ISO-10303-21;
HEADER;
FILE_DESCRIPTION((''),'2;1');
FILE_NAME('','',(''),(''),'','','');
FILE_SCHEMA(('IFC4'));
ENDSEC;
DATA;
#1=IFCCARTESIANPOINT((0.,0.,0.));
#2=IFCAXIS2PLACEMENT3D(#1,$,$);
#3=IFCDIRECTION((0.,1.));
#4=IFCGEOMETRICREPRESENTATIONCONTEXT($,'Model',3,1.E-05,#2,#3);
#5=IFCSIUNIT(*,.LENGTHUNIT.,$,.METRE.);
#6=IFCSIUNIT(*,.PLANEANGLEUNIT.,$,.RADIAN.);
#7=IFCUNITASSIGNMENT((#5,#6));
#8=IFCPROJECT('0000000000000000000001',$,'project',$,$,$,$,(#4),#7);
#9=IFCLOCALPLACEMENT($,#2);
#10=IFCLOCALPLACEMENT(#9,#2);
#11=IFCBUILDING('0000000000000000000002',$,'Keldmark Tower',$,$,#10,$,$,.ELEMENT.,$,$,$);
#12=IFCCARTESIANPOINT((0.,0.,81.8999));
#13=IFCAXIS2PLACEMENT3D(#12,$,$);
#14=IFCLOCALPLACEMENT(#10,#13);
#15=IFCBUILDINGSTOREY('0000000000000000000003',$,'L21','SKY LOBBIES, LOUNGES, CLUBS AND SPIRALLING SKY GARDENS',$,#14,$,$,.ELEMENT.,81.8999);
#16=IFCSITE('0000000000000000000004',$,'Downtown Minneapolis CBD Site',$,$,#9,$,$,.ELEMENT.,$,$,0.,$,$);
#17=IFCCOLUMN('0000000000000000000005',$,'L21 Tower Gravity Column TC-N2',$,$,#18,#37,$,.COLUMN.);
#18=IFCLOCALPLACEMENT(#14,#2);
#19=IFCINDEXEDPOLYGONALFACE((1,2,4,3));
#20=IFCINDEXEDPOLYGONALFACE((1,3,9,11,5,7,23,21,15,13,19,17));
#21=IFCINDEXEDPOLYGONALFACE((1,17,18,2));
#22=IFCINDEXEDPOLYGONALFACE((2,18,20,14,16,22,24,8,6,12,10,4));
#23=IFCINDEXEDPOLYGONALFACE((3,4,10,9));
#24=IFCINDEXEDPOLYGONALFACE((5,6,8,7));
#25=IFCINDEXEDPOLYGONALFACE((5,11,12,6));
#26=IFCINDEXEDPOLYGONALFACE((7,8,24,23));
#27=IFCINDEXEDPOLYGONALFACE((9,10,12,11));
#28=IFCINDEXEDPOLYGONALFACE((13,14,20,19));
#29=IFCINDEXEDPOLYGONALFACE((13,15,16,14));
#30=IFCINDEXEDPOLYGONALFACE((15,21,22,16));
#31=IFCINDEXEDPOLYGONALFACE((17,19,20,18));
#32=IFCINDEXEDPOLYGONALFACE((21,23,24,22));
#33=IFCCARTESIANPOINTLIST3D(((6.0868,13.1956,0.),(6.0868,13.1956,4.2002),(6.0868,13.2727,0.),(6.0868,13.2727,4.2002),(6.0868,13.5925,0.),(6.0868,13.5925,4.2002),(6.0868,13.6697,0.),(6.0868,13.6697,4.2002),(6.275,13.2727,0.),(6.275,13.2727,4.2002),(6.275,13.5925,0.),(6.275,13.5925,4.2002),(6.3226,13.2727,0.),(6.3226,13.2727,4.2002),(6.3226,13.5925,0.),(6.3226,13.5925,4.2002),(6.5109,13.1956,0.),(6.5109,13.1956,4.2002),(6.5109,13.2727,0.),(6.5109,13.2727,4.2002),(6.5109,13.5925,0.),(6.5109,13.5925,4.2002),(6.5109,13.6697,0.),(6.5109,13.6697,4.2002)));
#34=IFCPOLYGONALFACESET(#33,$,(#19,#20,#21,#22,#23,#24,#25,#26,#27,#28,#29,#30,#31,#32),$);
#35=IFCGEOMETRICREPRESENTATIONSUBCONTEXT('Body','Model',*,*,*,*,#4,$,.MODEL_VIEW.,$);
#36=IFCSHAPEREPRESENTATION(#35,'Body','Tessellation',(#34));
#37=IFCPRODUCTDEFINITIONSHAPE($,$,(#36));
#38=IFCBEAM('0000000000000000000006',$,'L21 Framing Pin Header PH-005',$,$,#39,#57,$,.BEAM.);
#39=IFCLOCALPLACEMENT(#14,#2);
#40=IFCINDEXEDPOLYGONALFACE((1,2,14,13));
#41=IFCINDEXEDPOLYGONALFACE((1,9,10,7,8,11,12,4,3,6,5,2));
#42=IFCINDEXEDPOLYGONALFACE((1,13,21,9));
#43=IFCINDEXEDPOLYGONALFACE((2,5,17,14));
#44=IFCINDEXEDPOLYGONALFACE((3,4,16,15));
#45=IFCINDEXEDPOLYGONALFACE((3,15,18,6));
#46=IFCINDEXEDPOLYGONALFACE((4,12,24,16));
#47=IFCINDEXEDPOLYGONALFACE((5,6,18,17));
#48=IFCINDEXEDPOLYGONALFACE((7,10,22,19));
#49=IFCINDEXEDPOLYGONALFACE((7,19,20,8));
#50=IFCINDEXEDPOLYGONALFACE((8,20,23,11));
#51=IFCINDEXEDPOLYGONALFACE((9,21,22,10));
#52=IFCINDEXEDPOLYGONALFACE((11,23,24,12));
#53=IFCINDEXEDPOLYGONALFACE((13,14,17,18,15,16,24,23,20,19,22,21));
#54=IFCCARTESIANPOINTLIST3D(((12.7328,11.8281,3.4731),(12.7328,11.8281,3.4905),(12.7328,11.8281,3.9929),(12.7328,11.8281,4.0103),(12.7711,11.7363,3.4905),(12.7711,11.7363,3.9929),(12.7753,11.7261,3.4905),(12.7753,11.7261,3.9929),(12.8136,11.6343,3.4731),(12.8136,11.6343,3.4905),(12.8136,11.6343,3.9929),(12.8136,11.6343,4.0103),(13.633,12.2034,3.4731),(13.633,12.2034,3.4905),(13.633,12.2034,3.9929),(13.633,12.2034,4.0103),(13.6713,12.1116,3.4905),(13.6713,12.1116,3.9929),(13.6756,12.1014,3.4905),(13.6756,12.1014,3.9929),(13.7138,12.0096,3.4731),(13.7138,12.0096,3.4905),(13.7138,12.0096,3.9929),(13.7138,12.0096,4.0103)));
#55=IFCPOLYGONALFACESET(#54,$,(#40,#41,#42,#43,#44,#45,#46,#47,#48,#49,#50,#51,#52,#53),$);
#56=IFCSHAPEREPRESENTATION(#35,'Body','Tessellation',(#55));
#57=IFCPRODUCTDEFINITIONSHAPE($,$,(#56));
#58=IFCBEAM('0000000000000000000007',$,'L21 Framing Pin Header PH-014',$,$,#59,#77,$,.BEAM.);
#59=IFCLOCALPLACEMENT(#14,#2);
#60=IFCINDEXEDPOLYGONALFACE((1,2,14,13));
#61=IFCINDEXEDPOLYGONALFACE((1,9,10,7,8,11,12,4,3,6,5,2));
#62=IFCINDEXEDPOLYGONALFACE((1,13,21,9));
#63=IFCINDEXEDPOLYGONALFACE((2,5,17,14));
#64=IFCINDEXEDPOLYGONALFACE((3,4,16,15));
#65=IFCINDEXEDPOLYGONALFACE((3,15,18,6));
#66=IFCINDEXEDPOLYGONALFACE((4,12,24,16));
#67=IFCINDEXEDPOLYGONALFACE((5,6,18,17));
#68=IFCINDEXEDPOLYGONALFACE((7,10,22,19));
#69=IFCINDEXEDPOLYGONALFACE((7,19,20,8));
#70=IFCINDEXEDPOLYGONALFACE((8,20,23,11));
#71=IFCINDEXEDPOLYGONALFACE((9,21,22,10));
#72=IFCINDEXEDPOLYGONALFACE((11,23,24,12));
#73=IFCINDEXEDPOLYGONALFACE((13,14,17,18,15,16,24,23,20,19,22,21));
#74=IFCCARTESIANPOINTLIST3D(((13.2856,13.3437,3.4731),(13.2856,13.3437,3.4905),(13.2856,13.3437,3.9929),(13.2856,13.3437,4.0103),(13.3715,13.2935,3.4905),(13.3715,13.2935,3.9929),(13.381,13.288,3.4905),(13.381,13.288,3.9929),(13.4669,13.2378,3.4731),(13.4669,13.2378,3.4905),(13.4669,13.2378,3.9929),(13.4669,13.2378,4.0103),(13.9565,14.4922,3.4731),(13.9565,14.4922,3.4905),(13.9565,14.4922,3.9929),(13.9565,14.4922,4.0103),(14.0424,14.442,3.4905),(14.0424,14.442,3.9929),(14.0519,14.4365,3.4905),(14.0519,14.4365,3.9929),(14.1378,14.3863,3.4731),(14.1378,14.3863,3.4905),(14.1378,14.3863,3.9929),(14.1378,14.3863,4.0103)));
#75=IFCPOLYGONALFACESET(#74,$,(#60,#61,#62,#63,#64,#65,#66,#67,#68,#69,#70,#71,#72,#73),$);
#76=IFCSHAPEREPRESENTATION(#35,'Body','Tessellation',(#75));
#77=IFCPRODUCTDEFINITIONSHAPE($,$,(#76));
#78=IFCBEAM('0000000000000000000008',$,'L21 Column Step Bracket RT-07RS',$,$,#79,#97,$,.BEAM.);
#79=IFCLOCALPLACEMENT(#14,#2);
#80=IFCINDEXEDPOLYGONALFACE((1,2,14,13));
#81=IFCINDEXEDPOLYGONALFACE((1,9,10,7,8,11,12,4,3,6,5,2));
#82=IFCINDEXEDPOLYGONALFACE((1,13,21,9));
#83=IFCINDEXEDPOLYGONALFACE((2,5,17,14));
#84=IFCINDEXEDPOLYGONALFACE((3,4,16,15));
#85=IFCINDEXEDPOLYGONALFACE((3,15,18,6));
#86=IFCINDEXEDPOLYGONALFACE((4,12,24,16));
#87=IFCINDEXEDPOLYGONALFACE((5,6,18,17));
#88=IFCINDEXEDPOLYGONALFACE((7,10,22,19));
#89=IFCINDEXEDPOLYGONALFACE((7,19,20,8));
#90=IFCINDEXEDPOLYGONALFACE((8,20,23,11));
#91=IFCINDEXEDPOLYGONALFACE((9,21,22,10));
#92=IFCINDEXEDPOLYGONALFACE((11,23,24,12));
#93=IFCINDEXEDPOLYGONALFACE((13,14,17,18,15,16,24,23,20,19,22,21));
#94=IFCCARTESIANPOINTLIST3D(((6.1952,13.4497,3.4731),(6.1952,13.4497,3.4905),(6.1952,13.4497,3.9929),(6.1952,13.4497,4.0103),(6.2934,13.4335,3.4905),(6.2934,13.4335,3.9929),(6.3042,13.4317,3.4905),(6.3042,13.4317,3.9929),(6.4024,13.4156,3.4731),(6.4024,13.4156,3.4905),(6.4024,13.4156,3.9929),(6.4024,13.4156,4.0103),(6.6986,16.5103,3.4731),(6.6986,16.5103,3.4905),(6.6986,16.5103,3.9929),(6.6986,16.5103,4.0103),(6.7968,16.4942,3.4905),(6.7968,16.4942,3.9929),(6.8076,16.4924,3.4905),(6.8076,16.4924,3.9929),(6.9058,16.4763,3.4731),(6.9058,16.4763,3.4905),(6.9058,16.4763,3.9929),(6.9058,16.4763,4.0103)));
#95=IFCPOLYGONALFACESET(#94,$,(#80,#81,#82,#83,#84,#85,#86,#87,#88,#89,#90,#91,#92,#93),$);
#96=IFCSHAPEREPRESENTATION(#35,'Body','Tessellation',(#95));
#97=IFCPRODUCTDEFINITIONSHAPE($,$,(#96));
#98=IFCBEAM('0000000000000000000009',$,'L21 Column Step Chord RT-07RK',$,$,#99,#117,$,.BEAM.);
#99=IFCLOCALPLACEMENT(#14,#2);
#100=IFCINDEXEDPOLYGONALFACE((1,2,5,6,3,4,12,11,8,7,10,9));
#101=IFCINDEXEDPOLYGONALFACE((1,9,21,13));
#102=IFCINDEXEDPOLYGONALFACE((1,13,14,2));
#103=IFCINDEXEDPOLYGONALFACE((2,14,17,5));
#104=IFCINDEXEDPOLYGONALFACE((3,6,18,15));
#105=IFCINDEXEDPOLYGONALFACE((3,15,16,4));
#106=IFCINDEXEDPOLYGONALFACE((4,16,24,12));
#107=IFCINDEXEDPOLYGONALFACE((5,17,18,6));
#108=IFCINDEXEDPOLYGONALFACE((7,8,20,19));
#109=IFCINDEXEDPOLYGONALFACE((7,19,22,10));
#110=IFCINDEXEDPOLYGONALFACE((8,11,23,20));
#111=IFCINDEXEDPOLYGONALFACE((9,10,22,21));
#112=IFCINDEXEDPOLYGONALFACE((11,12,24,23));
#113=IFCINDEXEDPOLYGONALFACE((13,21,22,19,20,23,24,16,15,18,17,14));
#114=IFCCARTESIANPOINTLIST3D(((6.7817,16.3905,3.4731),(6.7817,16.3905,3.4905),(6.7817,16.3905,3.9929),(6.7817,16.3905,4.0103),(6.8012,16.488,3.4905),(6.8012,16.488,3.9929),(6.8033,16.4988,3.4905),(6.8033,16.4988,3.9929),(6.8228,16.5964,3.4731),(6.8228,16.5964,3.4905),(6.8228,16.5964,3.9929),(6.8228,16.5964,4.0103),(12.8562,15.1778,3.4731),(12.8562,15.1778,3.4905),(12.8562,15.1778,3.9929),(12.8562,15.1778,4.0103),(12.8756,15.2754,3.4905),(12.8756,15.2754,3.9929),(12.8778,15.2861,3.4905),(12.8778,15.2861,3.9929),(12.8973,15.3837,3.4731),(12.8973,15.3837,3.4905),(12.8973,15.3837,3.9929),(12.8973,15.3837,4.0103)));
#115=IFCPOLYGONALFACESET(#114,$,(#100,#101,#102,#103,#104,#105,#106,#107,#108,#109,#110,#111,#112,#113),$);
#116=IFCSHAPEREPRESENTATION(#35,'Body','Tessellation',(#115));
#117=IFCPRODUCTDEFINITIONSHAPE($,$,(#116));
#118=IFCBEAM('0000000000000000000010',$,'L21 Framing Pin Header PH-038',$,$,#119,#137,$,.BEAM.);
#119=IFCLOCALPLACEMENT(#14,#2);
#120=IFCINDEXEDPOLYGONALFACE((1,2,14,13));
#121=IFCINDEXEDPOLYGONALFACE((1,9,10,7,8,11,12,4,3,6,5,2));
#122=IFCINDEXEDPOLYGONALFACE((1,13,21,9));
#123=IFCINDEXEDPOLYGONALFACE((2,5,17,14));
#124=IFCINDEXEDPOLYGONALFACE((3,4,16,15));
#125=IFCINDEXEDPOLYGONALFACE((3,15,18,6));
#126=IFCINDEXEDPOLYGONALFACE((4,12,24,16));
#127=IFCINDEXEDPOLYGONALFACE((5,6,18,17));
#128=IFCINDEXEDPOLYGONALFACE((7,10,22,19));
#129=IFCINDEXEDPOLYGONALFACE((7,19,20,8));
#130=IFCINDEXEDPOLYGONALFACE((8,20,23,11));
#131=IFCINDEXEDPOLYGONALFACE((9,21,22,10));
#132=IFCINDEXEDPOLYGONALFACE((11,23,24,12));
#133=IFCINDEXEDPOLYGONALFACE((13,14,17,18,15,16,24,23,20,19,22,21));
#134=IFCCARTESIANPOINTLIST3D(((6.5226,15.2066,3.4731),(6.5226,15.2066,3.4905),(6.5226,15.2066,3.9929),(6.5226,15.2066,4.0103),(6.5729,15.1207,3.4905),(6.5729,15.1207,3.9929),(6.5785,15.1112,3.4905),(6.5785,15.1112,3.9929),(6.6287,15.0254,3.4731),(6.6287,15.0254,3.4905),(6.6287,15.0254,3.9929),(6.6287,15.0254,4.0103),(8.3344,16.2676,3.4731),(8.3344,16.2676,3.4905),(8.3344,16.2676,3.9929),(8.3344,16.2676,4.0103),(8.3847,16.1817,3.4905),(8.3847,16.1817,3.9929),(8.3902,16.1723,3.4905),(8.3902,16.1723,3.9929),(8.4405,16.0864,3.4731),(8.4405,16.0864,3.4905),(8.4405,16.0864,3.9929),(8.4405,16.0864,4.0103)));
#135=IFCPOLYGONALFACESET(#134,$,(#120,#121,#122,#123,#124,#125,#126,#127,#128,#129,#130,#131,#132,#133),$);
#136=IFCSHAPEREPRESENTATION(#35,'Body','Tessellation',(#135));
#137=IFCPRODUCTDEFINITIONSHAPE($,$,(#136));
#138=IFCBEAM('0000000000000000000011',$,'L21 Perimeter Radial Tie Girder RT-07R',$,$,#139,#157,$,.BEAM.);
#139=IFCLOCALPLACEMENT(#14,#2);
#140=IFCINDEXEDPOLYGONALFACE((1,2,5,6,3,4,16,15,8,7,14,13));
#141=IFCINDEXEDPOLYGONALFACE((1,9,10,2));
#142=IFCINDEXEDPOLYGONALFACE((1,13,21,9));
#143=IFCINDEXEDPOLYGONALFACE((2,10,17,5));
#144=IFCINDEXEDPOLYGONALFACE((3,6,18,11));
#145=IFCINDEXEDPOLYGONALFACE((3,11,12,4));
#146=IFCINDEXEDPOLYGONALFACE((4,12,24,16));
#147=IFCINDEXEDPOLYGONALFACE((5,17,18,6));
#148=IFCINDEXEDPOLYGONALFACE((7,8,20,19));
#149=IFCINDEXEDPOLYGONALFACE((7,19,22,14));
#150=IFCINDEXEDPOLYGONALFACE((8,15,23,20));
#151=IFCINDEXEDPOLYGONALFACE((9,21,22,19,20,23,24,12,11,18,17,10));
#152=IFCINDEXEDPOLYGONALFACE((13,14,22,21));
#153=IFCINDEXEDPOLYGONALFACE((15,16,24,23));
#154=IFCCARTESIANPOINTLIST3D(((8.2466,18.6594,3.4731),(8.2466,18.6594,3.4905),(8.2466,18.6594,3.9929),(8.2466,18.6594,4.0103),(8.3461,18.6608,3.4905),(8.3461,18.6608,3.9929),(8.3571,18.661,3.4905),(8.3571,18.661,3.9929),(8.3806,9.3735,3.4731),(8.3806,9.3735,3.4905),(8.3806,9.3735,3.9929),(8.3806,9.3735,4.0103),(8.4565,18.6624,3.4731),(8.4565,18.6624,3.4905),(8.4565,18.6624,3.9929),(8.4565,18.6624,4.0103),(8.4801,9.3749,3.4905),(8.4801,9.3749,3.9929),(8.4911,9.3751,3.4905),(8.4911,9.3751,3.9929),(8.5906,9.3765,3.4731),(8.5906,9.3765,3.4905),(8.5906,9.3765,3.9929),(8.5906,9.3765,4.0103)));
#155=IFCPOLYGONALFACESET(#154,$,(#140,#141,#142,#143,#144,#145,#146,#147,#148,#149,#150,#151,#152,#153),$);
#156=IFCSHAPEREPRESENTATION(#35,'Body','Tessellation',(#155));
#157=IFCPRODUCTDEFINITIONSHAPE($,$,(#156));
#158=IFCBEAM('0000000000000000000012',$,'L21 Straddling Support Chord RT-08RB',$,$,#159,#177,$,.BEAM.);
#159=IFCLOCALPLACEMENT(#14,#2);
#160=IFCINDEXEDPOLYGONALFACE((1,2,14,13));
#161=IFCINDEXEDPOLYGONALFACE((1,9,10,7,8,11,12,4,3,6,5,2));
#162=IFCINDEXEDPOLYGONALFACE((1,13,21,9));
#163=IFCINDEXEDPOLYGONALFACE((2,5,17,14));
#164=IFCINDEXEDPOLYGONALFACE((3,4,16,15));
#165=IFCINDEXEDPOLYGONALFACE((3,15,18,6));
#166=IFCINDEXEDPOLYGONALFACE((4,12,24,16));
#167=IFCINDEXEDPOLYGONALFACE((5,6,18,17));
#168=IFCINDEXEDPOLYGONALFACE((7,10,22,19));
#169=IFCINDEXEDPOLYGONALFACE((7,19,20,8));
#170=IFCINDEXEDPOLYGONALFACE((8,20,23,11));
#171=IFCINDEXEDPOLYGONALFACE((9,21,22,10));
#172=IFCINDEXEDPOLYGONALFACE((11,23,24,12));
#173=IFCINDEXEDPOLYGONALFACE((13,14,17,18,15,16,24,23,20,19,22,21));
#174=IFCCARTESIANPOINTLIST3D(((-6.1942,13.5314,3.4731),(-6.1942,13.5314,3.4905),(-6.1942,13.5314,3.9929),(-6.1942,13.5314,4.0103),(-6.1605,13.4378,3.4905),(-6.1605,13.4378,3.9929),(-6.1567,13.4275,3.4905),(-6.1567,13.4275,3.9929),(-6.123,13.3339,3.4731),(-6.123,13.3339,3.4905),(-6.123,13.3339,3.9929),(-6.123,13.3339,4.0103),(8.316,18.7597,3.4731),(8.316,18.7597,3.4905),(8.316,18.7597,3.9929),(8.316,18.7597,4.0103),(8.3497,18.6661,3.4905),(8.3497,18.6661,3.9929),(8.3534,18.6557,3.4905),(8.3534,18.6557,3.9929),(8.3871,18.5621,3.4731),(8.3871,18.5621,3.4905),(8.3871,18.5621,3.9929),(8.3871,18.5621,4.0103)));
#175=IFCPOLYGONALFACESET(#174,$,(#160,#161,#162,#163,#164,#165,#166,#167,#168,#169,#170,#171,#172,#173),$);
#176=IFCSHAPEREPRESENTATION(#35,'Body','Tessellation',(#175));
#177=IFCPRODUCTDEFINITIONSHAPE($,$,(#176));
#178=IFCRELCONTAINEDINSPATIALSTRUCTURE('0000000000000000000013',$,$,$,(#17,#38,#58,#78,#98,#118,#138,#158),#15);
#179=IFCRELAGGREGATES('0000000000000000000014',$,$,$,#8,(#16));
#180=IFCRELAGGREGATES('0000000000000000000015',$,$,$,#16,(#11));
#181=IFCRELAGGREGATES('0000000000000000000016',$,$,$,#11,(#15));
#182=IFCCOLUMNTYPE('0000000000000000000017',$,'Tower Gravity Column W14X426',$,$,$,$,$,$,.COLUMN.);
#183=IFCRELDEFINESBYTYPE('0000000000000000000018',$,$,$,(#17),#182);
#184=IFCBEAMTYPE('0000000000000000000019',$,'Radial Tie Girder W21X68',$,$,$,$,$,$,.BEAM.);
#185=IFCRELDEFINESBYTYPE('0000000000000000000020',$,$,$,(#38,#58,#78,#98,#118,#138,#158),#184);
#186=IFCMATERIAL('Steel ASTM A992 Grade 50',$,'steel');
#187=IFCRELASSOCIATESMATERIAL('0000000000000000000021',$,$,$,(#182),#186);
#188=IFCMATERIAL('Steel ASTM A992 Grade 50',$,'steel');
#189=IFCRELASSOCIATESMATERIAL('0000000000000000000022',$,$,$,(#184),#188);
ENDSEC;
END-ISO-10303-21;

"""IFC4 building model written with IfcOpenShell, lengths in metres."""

from ifc_helpers import new_model, si_unit, direction, frame, origin, origin_2d, place, context, subcontext, project, spatial, i_section, extrude, material, material_profile, profile_set, type_object, element, save


model = new_model("IFC4")

# Units and contexts
model_context = context("Model", 3, precision=1e-05, world=origin(), true_north=direction((0.0, 1.0)))
body_context = subcontext(model_context, "Body", "Model", "MODEL_VIEW")
ifc_project = project(units=[si_unit("LENGTHUNIT", "METRE"), si_unit("PLANEANGLEUNIT", "RADIAN")], contexts=[model_context])

# Site, building, storey
site_placement = place(None, origin())
site = spatial("IfcSite", under=ifc_project, at=site_placement, Name="Downtown Minneapolis CBD Site", CompositionType="ELEMENT", RefElevation=0.0)
building_placement = place(site_placement, origin())
building = spatial("IfcBuilding", under=site, at=building_placement, Name="Keldmark Tower", CompositionType="ELEMENT")
storey_placement = place(building_placement, frame((0.0, 0.0, 81.8999)))
storey = spatial("IfcBuildingStorey", under=building, at=storey_placement, Name="L21", Description="SKY LOBBIES, LOUNGES, CLUBS AND SPIRALLING SKY GARDENS", CompositionType="ELEMENT", Elevation=81.8999)

# Column
ifc_material_1 = material(Name="Steel ASTM A992 Grade 50", Category="steel")
ifc_material_profile_1 = material_profile(ifc_material_1, i_section(OverallWidth=0.4241, OverallDepth=0.4741, WebThickness=0.0476, FlangeThickness=0.0771, at=origin_2d()), Name="W14X426")
ifc_profile_set_1 = profile_set([ifc_material_profile_1], Name="Steel ASTM A992 Grade 50")
column_type = type_object("IfcColumnType", Name="Tower Gravity Column W14X426", PredefinedType="COLUMN", material=ifc_profile_set_1)
column_placement = place(storey_placement, frame((6.2988, 13.4326, 0.0), z_axis=(0.0, 0.0, 1.0), x_axis=(1.0, 0.0, 0.0)))
element("IfcColumn", 1, at=column_placement, inside=storey, type_object=column_type, Name="L21 Tower Gravity Column TC-N2", PredefinedType="COLUMN", context=body_context, shape_type="SweptSolid", body=[
    extrude(i_section(OverallWidth=0.4241, OverallDepth=0.4741, WebThickness=0.0476, FlangeThickness=0.0771, at=origin_2d()), origin(), (0.0, 0.0, 1.0), 4.2002),
])

# Beams
ifc_material_2 = material(Name="Steel ASTM A992 Grade 50", Category="steel")
ifc_material_profile_2 = material_profile(ifc_material_2, i_section(OverallWidth=0.21, OverallDepth=0.5371, WebThickness=0.011, FlangeThickness=0.0173, at=origin_2d()), Name="W21X68")
ifc_profile_set_2 = profile_set([ifc_material_profile_2], Name="Steel ASTM A992 Grade 50")
beam_type_1 = type_object("IfcBeamType", Name="Radial Tie Girder W21X68", PredefinedType="BEAM", material=ifc_profile_set_2)
beam_1_placement = place(storey_placement, frame((12.7732, 11.7312, 3.7417), z_axis=(0.92301, 0.384775, 0.0), x_axis=(-0.384775, 0.92301, 0.0)))
element("IfcBeam", 2, at=beam_1_placement, inside=storey, type_object=beam_type_1, Name="L21 Framing Pin Header PH-005", PredefinedType="BEAM", context=body_context, shape_type="SweptSolid", body=[
    extrude(i_section(OverallWidth=0.21, OverallDepth=0.5371, WebThickness=0.011, FlangeThickness=0.0173, at=origin_2d()), origin(), (0.0, 0.0, 1.0), 0.9753),
])
beam_2_placement = place(storey_placement, frame((13.3762, 13.2908, 3.7417), z_axis=(0.504419, 0.863459, 0.0), x_axis=(-0.863459, 0.504419, 0.0)))
element("IfcBeam", 3, at=beam_2_placement, inside=storey, type_object=beam_type_1, Name="L21 Framing Pin Header PH-014", PredefinedType="BEAM", context=body_context, shape_type="SweptSolid", body=[
    extrude(i_section(OverallWidth=0.21, OverallDepth=0.5371, WebThickness=0.011, FlangeThickness=0.0173, at=origin_2d()), origin(), (0.0, 0.0, 1.0), 1.3301),
])
beam_3_placement = place(storey_placement, frame((6.2988, 13.4326, 3.7417), z_axis=(0.162293, 0.986743, 0.0), x_axis=(-0.986743, 0.162293, 0.0)))
element("IfcBeam", 4, at=beam_3_placement, inside=storey, type_object=beam_type_1, Name="L21 Column Step Bracket RT-07RS", PredefinedType="BEAM", context=body_context, shape_type="SweptSolid", body=[
    extrude(i_section(OverallWidth=0.21, OverallDepth=0.5371, WebThickness=0.011, FlangeThickness=0.0173, at=origin_2d()), origin(), (0.0, 0.0, 1.0), 3.1018),
])
beam_4_placement = place(storey_placement, frame((6.8022, 16.4934, 3.7417), z_axis=(0.98065, -0.195767, 0.0), x_axis=(0.195767, 0.98065, 0.0)))
element("IfcBeam", 5, at=beam_4_placement, inside=storey, type_object=beam_type_1, Name="L21 Column Step Chord RT-07RK", PredefinedType="BEAM", context=body_context, shape_type="SweptSolid", body=[
    extrude(i_section(OverallWidth=0.21, OverallDepth=0.5371, WebThickness=0.011, FlangeThickness=0.0173, at=origin_2d()), origin(), (0.0, 0.0, 1.0), 6.1943),
])
beam_5_placement = place(storey_placement, frame((6.5757, 15.116, 3.7417), z_axis=(0.862913, 0.505352, 0.0), x_axis=(-0.505352, 0.862913, 0.0)))
element("IfcBeam", 6, at=beam_5_placement, inside=storey, type_object=beam_type_1, Name="L21 Framing Pin Header PH-038", PredefinedType="BEAM", context=body_context, shape_type="SweptSolid", body=[
    extrude(i_section(OverallWidth=0.21, OverallDepth=0.5371, WebThickness=0.011, FlangeThickness=0.0173, at=origin_2d()), origin(), (0.0, 0.0, 1.0), 2.0996),
])
beam_6_placement = place(storey_placement, frame((8.4856, 9.375, 3.7417), z_axis=(-0.014433, 0.999896, 0.0), x_axis=(-0.999896, -0.014433, 0.0)))
element("IfcBeam", 7, at=beam_6_placement, inside=storey, type_object=beam_type_1, Name="L21 Perimeter Radial Tie Girder RT-07R", PredefinedType="BEAM", context=body_context, shape_type="SweptSolid", body=[
    extrude(i_section(OverallWidth=0.21, OverallDepth=0.5371, WebThickness=0.011, FlangeThickness=0.0173, at=origin_2d()), origin(), (0.0, 0.0, 1.0), 9.2869),
])
beam_7_placement = place(storey_placement, frame((8.3516, 18.6609, 3.7417), z_axis=(-0.940793, -0.338982, 0.0), x_axis=(0.338982, -0.940793, 0.0)))
element("IfcBeam", 8, at=beam_7_placement, inside=storey, type_object=beam_type_1, Name="L21 Straddling Support Chord RT-08RB", PredefinedType="BEAM", context=body_context, shape_type="SweptSolid", body=[
    extrude(i_section(OverallWidth=0.21, OverallDepth=0.5371, WebThickness=0.011, FlangeThickness=0.0173, at=origin_2d()), origin(), (0.0, 0.0, 1.0), 15.4233),
])

save(model, "model.ifc")
